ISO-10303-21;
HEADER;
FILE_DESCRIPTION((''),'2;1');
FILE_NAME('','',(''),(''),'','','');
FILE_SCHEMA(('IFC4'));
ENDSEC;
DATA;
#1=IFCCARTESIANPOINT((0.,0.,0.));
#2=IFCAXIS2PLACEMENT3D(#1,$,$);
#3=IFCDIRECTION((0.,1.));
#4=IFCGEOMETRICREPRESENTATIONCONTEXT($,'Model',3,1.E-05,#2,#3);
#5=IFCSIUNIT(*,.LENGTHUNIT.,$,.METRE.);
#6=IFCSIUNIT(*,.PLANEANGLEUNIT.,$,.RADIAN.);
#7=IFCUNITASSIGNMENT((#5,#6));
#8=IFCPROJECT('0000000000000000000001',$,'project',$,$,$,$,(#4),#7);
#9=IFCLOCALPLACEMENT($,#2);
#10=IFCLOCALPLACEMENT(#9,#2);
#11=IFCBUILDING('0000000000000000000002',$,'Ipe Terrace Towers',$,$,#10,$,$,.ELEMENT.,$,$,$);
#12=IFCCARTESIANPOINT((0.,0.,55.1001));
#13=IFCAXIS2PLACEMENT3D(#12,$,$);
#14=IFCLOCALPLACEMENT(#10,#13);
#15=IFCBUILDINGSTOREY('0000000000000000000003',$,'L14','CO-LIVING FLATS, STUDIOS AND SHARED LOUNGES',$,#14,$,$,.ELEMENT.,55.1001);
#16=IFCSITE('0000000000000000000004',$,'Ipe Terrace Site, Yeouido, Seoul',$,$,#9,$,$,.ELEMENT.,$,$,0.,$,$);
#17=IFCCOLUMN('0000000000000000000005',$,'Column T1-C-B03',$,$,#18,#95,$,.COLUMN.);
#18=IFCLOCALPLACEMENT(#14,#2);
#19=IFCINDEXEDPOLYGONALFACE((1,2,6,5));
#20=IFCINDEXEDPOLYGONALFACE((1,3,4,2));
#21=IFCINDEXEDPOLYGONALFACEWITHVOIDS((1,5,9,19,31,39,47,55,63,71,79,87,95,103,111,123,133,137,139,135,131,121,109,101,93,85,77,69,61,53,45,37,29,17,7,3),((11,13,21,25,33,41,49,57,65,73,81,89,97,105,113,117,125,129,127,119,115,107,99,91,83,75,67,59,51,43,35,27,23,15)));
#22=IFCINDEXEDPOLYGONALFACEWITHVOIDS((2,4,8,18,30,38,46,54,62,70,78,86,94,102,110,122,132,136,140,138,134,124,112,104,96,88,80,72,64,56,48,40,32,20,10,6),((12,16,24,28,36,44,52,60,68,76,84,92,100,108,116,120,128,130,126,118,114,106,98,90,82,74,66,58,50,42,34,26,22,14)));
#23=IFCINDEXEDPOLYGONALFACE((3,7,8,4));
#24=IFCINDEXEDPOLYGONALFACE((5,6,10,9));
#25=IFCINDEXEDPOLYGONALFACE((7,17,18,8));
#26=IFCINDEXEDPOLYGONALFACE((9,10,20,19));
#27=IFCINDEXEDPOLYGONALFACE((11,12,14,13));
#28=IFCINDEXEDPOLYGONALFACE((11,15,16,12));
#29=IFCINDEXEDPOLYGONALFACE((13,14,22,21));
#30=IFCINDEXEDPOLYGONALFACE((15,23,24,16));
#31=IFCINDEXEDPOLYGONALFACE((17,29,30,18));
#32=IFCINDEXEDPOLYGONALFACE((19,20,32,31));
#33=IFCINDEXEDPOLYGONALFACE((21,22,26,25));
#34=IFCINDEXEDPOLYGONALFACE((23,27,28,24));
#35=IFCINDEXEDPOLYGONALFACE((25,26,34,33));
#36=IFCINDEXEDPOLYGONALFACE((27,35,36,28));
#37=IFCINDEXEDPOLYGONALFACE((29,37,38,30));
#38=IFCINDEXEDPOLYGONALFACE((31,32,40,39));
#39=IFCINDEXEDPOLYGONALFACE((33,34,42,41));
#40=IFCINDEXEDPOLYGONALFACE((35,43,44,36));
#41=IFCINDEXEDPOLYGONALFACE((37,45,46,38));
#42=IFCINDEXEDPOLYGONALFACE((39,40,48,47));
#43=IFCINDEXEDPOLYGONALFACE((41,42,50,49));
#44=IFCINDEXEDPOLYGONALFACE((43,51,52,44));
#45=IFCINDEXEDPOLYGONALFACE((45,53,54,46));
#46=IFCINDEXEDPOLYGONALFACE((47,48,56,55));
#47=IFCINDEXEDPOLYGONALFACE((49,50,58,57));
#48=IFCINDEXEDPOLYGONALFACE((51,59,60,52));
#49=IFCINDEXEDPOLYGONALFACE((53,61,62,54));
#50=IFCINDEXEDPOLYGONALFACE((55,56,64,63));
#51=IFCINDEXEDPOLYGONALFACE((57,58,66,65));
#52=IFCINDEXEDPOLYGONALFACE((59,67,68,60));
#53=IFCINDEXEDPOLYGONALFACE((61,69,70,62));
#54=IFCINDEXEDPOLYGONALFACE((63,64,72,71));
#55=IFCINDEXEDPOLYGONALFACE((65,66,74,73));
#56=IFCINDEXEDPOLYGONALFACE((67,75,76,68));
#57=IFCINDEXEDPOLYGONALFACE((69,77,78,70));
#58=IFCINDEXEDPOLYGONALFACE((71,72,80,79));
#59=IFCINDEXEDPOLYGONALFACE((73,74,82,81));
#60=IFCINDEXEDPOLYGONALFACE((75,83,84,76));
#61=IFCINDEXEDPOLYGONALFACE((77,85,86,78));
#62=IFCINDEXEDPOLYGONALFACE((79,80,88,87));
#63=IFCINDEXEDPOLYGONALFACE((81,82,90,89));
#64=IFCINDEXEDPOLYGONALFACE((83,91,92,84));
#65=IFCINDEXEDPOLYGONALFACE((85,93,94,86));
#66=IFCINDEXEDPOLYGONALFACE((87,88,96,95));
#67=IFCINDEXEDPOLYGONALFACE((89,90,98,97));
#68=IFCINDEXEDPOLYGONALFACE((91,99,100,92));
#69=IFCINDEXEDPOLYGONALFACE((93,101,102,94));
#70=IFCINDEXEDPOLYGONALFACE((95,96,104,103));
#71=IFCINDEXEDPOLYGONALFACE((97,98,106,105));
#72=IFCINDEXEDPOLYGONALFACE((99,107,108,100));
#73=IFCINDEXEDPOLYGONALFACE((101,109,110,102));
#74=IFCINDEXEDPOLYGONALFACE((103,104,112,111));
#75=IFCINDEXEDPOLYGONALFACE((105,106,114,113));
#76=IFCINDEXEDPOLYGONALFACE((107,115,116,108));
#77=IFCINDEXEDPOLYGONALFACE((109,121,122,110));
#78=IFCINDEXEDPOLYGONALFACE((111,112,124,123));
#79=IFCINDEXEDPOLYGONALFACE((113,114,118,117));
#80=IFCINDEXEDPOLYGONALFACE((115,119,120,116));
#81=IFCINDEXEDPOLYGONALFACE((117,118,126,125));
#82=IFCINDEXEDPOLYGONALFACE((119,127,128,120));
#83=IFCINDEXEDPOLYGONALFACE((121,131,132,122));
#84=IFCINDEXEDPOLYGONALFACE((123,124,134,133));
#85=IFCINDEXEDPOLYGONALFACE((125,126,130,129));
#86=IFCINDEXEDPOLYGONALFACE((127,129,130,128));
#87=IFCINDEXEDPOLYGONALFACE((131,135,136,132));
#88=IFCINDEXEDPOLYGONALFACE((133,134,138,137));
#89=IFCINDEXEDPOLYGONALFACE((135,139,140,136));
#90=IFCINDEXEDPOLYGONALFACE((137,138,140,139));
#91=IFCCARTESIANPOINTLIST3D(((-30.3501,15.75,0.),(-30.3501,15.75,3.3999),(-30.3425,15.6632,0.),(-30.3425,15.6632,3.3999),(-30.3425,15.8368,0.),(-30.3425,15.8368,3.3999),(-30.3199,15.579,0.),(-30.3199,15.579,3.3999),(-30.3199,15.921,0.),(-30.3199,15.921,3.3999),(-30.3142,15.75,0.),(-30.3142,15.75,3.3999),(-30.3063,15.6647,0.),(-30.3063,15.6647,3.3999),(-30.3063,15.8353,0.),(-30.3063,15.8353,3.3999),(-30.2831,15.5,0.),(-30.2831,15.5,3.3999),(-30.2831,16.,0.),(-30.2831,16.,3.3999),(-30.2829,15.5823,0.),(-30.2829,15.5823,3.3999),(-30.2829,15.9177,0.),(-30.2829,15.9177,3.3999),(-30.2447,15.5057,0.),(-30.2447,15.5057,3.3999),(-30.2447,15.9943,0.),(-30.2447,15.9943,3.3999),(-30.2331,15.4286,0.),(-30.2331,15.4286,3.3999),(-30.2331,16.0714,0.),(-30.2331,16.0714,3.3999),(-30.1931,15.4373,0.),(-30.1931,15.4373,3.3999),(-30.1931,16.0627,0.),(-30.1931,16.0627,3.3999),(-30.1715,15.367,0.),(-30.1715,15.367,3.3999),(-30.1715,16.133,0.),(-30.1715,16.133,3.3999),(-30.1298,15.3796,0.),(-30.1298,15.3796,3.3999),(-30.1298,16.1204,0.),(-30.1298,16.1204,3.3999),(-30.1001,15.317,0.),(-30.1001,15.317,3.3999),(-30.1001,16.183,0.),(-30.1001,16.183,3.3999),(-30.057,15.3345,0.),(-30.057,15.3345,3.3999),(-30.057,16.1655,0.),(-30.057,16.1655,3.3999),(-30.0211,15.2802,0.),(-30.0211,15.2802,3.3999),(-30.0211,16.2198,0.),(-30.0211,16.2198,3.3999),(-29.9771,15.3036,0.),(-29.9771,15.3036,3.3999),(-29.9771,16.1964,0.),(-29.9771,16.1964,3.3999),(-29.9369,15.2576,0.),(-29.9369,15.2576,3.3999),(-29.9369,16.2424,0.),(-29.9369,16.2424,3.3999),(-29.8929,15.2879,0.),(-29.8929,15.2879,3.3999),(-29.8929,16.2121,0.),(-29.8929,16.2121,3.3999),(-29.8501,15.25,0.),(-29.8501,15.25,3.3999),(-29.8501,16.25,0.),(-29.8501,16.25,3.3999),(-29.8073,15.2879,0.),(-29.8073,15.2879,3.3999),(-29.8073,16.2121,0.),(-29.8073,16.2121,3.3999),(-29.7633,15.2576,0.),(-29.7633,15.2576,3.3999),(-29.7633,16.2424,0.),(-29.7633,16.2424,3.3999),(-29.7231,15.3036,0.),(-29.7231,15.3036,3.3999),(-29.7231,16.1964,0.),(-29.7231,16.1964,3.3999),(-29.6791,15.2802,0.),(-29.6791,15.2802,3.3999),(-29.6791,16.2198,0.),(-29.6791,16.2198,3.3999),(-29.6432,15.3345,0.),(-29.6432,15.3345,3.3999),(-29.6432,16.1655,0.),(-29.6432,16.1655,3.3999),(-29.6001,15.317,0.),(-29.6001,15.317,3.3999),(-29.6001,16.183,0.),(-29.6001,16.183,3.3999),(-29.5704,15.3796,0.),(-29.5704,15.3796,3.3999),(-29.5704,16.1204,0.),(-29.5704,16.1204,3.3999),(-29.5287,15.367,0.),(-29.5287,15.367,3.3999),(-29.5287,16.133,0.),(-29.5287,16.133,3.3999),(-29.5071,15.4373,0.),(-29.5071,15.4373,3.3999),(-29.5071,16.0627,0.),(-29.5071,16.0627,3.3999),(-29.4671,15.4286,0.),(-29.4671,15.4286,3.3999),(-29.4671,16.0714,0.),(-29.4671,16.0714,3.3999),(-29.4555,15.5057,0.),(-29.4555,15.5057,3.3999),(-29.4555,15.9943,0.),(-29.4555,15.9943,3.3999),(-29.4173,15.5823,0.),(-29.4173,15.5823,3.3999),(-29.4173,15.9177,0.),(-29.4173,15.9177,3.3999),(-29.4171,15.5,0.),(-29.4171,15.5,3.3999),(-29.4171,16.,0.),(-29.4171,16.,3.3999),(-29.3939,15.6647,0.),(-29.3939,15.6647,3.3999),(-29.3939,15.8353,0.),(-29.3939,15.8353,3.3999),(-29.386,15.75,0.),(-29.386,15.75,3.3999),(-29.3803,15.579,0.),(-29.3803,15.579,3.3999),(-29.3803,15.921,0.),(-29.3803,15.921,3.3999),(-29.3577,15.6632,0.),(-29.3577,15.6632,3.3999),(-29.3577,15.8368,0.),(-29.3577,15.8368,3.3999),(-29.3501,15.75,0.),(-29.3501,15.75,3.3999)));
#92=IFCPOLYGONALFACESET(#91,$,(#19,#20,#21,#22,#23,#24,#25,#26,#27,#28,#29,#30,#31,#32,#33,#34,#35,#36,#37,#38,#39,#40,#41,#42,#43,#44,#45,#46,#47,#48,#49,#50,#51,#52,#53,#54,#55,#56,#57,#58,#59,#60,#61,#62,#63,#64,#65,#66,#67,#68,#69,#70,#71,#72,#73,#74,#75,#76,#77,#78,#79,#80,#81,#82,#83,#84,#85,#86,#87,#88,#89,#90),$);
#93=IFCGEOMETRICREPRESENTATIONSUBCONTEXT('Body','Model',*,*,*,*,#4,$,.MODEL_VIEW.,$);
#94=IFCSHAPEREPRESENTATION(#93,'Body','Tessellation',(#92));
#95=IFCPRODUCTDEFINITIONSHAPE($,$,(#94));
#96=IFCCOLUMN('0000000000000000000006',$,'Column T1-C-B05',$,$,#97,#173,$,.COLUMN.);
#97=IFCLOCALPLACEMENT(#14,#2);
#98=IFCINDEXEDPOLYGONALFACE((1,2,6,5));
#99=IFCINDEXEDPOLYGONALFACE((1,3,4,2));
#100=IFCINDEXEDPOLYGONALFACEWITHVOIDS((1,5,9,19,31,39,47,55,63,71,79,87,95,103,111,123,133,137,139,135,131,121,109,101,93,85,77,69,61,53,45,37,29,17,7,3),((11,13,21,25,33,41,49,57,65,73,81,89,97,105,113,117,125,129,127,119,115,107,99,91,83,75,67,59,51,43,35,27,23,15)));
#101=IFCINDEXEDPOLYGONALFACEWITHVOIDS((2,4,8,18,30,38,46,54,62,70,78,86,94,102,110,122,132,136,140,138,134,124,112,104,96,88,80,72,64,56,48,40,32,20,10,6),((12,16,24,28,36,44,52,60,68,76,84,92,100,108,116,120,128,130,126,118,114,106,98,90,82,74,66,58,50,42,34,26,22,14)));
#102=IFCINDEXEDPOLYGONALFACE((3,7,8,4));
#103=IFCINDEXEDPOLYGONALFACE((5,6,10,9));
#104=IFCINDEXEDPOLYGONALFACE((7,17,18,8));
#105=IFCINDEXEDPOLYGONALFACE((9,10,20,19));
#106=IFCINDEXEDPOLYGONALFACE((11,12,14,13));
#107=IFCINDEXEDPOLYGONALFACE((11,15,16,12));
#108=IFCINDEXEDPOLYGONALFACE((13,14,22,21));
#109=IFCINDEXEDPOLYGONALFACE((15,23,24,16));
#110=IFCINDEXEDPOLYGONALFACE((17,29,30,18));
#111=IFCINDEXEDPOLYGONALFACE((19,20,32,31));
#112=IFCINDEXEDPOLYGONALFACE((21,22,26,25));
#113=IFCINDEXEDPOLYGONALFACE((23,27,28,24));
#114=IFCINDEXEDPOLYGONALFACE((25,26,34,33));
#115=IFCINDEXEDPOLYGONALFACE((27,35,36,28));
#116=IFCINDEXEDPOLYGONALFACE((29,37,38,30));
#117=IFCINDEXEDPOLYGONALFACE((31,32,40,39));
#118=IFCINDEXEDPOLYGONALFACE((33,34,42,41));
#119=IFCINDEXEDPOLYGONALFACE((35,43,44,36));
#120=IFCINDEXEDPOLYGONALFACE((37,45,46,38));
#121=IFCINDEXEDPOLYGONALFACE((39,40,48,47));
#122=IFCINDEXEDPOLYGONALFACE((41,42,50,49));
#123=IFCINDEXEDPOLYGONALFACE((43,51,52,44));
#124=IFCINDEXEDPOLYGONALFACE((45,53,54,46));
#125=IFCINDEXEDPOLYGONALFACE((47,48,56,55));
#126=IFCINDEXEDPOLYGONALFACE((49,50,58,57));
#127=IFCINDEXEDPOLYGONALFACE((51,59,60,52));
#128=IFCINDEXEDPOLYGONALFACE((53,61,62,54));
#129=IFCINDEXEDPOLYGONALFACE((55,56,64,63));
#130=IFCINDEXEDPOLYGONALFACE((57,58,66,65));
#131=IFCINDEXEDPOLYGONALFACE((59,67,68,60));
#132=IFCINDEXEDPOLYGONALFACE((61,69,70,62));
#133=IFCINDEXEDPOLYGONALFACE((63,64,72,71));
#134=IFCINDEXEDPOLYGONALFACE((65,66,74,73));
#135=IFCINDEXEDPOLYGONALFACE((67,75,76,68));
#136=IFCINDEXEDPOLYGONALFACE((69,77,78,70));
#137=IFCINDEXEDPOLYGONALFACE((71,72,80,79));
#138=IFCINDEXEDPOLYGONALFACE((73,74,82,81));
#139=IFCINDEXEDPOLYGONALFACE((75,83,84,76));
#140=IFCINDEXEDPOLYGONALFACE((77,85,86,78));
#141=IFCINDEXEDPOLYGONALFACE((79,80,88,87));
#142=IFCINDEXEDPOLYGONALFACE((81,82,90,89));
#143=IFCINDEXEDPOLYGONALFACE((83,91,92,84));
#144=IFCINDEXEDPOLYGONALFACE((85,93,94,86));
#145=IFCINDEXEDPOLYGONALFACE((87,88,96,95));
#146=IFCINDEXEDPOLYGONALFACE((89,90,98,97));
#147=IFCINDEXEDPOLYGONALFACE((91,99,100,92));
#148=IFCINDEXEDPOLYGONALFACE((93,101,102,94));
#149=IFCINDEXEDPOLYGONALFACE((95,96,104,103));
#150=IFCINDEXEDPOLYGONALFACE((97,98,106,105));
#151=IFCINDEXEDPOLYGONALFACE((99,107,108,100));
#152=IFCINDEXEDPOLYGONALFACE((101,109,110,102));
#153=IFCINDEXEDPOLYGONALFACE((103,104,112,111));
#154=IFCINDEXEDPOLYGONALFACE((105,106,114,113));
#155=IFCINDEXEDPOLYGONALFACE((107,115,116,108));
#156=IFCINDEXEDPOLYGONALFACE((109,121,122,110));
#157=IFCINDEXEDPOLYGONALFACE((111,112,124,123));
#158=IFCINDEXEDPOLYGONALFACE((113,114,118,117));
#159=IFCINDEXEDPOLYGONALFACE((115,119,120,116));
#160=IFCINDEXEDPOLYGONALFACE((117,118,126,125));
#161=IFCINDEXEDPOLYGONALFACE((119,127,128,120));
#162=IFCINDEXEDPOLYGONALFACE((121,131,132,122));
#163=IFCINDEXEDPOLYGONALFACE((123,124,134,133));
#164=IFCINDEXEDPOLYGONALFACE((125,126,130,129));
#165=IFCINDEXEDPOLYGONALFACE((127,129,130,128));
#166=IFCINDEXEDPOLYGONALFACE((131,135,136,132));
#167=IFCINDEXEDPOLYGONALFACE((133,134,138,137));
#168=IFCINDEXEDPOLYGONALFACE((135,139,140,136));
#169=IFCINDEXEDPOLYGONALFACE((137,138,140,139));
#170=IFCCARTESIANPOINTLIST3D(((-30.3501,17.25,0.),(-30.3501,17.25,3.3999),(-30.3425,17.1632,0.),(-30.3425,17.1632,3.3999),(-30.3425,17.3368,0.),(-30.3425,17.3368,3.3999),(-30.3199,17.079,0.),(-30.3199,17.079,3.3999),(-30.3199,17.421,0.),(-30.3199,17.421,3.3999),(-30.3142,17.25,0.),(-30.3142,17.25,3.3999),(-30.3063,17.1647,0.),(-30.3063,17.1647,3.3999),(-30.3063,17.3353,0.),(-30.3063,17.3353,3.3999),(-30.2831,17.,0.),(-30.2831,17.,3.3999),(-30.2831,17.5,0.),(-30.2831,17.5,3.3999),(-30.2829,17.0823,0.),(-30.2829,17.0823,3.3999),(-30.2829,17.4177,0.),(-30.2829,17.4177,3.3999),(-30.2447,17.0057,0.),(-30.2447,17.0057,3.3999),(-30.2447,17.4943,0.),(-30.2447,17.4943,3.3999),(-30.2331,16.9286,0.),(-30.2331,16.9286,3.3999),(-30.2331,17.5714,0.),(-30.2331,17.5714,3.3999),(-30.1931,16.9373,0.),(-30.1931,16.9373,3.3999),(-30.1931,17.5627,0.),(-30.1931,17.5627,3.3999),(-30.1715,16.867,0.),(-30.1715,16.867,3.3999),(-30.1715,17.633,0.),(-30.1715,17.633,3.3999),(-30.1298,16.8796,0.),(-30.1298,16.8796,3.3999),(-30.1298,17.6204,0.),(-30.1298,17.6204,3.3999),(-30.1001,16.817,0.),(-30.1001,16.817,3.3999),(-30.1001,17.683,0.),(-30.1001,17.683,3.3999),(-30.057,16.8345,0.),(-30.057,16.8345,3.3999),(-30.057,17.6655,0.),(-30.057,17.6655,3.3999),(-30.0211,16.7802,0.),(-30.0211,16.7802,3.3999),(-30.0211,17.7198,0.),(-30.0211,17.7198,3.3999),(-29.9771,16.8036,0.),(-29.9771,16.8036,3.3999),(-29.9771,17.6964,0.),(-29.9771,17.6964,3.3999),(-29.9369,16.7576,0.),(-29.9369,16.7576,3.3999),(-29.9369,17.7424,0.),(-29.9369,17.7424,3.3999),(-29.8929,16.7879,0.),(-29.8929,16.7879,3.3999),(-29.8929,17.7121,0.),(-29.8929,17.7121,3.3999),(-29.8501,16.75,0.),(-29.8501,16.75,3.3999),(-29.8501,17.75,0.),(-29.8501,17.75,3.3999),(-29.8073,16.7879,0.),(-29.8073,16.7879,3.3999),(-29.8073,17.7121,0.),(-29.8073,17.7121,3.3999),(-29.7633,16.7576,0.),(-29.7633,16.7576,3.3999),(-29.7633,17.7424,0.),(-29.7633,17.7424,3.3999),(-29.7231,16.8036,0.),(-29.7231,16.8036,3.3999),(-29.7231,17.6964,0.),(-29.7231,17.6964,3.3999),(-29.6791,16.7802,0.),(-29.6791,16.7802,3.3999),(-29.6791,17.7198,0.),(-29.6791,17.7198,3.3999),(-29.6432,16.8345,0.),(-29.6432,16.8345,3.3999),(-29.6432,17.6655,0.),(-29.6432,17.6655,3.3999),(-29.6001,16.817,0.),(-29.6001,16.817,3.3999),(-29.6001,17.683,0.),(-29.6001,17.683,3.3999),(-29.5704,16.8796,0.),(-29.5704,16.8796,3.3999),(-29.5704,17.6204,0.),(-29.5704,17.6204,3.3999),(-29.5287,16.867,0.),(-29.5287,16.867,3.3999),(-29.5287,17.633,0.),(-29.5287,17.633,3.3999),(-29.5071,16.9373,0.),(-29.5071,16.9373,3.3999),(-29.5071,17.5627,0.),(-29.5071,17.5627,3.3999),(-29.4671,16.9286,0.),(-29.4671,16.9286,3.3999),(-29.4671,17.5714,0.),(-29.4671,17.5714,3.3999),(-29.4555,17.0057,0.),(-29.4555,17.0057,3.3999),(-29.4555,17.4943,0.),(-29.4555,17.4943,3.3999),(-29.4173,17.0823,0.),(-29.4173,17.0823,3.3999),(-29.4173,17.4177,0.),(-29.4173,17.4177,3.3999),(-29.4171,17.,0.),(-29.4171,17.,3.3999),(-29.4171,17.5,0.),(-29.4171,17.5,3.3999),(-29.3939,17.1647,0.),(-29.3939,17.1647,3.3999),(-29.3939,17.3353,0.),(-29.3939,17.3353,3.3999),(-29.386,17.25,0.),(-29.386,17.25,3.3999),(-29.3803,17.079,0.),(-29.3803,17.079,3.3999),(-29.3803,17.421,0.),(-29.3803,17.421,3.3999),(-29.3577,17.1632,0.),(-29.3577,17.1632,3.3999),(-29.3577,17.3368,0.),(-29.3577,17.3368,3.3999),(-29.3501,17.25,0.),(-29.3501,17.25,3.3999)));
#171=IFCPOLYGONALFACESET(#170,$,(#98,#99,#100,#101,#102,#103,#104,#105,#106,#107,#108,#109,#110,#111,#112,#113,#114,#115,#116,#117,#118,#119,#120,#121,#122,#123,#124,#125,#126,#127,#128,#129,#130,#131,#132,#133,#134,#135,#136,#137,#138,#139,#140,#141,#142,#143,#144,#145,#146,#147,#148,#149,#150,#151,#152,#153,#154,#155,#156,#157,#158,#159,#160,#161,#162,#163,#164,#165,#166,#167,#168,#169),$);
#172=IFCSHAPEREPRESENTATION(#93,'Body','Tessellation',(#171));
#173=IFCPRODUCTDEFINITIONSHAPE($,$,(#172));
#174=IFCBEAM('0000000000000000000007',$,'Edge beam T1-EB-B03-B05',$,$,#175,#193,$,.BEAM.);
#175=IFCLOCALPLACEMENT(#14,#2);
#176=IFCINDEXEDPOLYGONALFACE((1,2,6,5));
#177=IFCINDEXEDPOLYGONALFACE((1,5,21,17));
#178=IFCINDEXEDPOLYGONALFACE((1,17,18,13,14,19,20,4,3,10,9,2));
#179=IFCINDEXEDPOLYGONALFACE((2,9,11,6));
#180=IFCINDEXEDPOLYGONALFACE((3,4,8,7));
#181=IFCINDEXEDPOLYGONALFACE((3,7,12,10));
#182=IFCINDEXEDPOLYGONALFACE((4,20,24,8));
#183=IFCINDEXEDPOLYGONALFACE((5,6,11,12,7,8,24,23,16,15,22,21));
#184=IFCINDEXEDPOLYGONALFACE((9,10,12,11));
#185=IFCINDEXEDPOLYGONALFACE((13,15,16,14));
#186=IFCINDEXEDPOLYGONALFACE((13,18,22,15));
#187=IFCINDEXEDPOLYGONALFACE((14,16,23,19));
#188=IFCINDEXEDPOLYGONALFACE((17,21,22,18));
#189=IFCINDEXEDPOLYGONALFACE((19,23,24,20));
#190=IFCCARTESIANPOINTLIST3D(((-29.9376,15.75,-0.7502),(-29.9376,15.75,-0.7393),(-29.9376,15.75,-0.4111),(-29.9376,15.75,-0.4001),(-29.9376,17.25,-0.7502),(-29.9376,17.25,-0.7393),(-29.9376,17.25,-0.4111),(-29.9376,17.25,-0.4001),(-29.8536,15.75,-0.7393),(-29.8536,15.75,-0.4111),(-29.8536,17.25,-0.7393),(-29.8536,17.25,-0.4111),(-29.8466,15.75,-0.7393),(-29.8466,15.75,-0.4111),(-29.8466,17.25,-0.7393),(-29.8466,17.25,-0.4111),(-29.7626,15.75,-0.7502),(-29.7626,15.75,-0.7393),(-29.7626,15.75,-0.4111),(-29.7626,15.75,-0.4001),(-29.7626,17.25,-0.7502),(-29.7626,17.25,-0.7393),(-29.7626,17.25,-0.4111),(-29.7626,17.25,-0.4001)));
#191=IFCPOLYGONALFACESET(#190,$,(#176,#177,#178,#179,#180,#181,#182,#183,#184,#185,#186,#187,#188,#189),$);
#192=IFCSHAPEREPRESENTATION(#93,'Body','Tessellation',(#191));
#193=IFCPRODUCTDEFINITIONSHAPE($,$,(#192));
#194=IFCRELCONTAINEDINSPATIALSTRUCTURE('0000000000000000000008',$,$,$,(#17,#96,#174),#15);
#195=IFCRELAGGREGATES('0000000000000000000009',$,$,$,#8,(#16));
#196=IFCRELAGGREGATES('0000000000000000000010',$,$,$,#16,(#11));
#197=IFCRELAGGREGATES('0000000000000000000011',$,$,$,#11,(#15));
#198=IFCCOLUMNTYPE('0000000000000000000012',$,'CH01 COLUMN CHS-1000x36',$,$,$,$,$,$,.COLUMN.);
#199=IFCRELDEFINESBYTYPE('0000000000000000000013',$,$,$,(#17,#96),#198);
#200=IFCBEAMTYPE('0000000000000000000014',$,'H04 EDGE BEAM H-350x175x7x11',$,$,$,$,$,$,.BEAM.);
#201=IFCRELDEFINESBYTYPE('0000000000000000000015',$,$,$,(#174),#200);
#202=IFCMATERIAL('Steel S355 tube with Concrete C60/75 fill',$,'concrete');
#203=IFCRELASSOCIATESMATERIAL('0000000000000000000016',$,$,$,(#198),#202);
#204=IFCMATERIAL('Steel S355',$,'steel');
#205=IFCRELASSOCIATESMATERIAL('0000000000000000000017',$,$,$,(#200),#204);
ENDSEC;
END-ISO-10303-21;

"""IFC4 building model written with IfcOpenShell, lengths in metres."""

from ifc_helpers import new_model, si_unit, direction, frame, origin, origin_2d, place, context, subcontext, project, spatial, hollow_circle, i_section, extrude, material, material_profile, profile_set, type_object, element, save


model = new_model("IFC4")

# Units and contexts
model_context = context("Model", 3, precision=1e-05, world=origin(), true_north=direction((0.0, 1.0)))
body_context = subcontext(model_context, "Body", "Model", "MODEL_VIEW")
ifc_project = project(units=[si_unit("LENGTHUNIT", "METRE"), si_unit("PLANEANGLEUNIT", "RADIAN")], contexts=[model_context])

# Site, building, storey
site_placement = place(None, origin())
site = spatial("IfcSite", under=ifc_project, at=site_placement, Name="Ipe Terrace Site, Yeouido, Seoul", CompositionType="ELEMENT", RefElevation=0.0)
building_placement = place(site_placement, origin())
building = spatial("IfcBuilding", under=site, at=building_placement, Name="Ipe Terrace Towers", CompositionType="ELEMENT")
storey_placement = place(building_placement, frame((0.0, 0.0, 55.1001)))
storey = spatial("IfcBuildingStorey", under=building, at=storey_placement, Name="L14", Description="CO-LIVING FLATS, STUDIOS AND SHARED LOUNGES", CompositionType="ELEMENT", Elevation=55.1001)

# Columns
ifc_material_1 = material(Name="Steel S355 tube with Concrete C60/75 fill", Category="concrete")
ifc_material_profile_1 = material_profile(ifc_material_1, hollow_circle(Radius=0.5, WallThickness=0.0359, at=origin_2d()), Name="CHS-1000x36")
ifc_profile_set_1 = profile_set([ifc_material_profile_1], Name="Steel S355 tube with Concrete C60/75 fill")
column_type = type_object("IfcColumnType", Name="CH01 COLUMN CHS-1000x36", PredefinedType="COLUMN", material=ifc_profile_set_1)
for number, where, z_axis, x_axis, name in (
    (1, (-29.8501, 15.75, 0.0), (0.0, 0.0, 1.0), (1.0, 0.0, 0.0), "Column T1-C-B03"),
    (2, (-29.8501, 17.25, 0.0), (0.0, 0.0, 1.0), (1.0, 0.0, 0.0), "Column T1-C-B05"),
):
    element("IfcColumn", number, at=place(storey_placement, frame(where, z_axis=z_axis, x_axis=x_axis)), inside=storey, type_object=column_type, Name=name, PredefinedType="COLUMN", context=body_context, shape_type="SweptSolid", body=[
        extrude(hollow_circle(Radius=0.5, WallThickness=0.0359, at=origin_2d()), origin(), (0.0, 0.0, 1.0), 3.3999),
    ])

# Beam
ifc_material_2 = material(Name="Steel S355", Category="steel")
ifc_material_profile_2 = material_profile(ifc_material_2, i_section(OverallWidth=0.175, OverallDepth=0.3501, WebThickness=0.0071, FlangeThickness=0.011, at=origin_2d()), Name="H-350x175x7x11")
ifc_profile_set_2 = profile_set([ifc_material_profile_2], Name="Steel S355")
beam_type = type_object("IfcBeamType", Name="H04 EDGE BEAM H-350x175x7x11", PredefinedType="BEAM", material=ifc_profile_set_2)
beam_placement = place(storey_placement, frame((-29.8501, 15.75, -0.5752), z_axis=(0.0, 1.0, 0.0), x_axis=(-1.0, 0.0, 0.0)))
element("IfcBeam", 3, at=beam_placement, inside=storey, type_object=beam_type, Name="Edge beam T1-EB-B03-B05", PredefinedType="BEAM", context=body_context, shape_type="SweptSolid", body=[
    extrude(i_section(OverallWidth=0.175, OverallDepth=0.3501, WebThickness=0.0071, FlangeThickness=0.011, at=origin_2d()), origin(), (0.0, 0.0, 1.0), 1.5),
])

save(model, "model.ifc")
